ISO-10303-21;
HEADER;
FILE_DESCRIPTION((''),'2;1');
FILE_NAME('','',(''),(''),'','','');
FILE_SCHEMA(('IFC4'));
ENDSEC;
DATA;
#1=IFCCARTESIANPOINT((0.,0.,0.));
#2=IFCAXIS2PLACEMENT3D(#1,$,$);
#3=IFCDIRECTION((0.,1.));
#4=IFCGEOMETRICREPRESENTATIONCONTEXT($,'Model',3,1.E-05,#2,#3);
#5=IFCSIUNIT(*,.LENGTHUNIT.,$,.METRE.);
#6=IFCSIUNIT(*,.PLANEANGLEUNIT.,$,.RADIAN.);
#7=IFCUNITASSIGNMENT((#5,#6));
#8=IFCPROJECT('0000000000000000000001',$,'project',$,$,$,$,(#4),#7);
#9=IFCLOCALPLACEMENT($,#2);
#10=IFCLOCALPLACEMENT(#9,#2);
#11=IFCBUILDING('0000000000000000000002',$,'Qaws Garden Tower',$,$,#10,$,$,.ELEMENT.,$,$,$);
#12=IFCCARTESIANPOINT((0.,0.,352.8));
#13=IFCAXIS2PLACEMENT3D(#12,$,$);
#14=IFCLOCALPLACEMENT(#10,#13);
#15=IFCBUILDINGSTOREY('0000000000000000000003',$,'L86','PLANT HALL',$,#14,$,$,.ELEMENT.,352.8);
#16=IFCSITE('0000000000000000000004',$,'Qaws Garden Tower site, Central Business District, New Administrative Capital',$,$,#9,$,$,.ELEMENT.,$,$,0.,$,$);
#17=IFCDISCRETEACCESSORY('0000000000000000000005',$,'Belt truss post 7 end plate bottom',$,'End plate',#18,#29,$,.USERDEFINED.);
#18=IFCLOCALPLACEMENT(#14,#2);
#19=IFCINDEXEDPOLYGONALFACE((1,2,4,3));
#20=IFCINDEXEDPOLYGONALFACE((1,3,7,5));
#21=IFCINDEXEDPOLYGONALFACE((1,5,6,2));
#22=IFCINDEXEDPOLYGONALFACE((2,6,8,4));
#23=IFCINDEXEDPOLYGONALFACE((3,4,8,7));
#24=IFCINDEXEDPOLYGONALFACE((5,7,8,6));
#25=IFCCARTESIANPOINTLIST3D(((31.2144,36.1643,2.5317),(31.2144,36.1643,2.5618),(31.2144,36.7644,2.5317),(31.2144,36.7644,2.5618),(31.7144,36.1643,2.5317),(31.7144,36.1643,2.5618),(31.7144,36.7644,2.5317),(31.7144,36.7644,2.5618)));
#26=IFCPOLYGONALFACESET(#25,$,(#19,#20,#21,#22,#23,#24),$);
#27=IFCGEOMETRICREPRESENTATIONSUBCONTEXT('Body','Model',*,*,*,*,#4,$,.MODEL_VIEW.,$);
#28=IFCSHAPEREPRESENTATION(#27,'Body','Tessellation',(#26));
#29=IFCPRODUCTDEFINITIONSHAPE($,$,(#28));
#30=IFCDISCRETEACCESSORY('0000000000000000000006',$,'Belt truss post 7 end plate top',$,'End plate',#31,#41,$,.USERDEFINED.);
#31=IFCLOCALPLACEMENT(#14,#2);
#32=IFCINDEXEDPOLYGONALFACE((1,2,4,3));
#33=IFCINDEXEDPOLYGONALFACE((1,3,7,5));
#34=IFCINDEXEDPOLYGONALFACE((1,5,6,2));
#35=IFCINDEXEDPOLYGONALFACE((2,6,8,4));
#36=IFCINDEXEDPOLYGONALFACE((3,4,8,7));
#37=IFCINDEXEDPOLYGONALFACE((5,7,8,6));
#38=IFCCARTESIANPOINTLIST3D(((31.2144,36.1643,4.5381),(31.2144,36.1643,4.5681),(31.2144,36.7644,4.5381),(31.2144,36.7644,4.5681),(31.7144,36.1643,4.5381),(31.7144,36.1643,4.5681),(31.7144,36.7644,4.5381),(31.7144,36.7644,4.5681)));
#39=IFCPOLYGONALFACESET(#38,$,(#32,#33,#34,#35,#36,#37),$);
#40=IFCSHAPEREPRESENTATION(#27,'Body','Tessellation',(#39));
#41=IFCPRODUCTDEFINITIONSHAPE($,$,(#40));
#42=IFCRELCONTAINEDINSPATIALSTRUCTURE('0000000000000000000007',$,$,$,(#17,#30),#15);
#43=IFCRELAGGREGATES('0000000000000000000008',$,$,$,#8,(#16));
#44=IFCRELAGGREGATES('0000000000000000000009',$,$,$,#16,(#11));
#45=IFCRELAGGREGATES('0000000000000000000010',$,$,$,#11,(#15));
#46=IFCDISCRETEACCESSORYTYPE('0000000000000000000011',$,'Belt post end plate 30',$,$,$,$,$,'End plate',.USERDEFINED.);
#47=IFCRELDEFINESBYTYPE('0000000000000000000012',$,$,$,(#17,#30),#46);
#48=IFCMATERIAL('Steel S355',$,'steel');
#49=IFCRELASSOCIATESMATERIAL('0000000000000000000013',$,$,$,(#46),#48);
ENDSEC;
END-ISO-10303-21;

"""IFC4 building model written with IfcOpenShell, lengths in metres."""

from ifc_helpers import new_model, si_unit, direction, frame, origin, origin_2d, place, context, subcontext, project, spatial, rectangle, extrude, material, type_object, element, save


model = new_model("IFC4")

# Units and contexts
model_context = context("Model", 3, precision=1e-05, world=origin(), true_north=direction((0.0, 1.0)))
body_context = subcontext(model_context, "Body", "Model", "MODEL_VIEW")
ifc_project = project(units=[si_unit("LENGTHUNIT", "METRE"), si_unit("PLANEANGLEUNIT", "RADIAN")], contexts=[model_context])

# Site, building, storey
site_placement = place(None, origin())
site = spatial("IfcSite", under=ifc_project, at=site_placement, Name="Qaws Garden Tower site, Central Business District, New Administrative Capital", CompositionType="ELEMENT", RefElevation=0.0)
building_placement = place(site_placement, origin())
building = spatial("IfcBuilding", under=site, at=building_placement, Name="Qaws Garden Tower", CompositionType="ELEMENT")
storey_placement = place(building_placement, frame((0.0, 0.0, 352.8)))
storey = spatial("IfcBuildingStorey", under=building, at=storey_placement, Name="L86", Description="PLANT HALL", CompositionType="ELEMENT", Elevation=352.8)

# Discrete accessories
ifc_material_1 = material(Name="Steel S355", Category="steel")
discrete_accessory_type = type_object("IfcDiscreteAccessoryType", Name="Belt post end plate 30", ElementType="End plate", PredefinedType="USERDEFINED", material=ifc_material_1)
for number, where, z_axis, x_axis, name in (
    (1, (31.4644, 36.4644, 2.5317), (0.0, 0.0, 1.0), (1.0, 0.0, 0.0), "Belt truss post 7 end plate bottom"),
    (2, (31.4644, 36.4644, 4.5381), (0.0, 0.0, 1.0), (1.0, 0.0, 0.0), "Belt truss post 7 end plate top"),
):
    element("IfcDiscreteAccessory", number, at=place(storey_placement, frame(where, z_axis=z_axis, x_axis=x_axis)), inside=storey, type_object=discrete_accessory_type, Name=name, ObjectType="End plate", PredefinedType="USERDEFINED", context=body_context, shape_type="SweptSolid", body=[
        extrude(rectangle(XDim=0.5, YDim=0.6001, at=origin_2d()), origin(), (0.0, 0.0, 1.0), 0.03),
    ])

save(model, "model.ifc")
